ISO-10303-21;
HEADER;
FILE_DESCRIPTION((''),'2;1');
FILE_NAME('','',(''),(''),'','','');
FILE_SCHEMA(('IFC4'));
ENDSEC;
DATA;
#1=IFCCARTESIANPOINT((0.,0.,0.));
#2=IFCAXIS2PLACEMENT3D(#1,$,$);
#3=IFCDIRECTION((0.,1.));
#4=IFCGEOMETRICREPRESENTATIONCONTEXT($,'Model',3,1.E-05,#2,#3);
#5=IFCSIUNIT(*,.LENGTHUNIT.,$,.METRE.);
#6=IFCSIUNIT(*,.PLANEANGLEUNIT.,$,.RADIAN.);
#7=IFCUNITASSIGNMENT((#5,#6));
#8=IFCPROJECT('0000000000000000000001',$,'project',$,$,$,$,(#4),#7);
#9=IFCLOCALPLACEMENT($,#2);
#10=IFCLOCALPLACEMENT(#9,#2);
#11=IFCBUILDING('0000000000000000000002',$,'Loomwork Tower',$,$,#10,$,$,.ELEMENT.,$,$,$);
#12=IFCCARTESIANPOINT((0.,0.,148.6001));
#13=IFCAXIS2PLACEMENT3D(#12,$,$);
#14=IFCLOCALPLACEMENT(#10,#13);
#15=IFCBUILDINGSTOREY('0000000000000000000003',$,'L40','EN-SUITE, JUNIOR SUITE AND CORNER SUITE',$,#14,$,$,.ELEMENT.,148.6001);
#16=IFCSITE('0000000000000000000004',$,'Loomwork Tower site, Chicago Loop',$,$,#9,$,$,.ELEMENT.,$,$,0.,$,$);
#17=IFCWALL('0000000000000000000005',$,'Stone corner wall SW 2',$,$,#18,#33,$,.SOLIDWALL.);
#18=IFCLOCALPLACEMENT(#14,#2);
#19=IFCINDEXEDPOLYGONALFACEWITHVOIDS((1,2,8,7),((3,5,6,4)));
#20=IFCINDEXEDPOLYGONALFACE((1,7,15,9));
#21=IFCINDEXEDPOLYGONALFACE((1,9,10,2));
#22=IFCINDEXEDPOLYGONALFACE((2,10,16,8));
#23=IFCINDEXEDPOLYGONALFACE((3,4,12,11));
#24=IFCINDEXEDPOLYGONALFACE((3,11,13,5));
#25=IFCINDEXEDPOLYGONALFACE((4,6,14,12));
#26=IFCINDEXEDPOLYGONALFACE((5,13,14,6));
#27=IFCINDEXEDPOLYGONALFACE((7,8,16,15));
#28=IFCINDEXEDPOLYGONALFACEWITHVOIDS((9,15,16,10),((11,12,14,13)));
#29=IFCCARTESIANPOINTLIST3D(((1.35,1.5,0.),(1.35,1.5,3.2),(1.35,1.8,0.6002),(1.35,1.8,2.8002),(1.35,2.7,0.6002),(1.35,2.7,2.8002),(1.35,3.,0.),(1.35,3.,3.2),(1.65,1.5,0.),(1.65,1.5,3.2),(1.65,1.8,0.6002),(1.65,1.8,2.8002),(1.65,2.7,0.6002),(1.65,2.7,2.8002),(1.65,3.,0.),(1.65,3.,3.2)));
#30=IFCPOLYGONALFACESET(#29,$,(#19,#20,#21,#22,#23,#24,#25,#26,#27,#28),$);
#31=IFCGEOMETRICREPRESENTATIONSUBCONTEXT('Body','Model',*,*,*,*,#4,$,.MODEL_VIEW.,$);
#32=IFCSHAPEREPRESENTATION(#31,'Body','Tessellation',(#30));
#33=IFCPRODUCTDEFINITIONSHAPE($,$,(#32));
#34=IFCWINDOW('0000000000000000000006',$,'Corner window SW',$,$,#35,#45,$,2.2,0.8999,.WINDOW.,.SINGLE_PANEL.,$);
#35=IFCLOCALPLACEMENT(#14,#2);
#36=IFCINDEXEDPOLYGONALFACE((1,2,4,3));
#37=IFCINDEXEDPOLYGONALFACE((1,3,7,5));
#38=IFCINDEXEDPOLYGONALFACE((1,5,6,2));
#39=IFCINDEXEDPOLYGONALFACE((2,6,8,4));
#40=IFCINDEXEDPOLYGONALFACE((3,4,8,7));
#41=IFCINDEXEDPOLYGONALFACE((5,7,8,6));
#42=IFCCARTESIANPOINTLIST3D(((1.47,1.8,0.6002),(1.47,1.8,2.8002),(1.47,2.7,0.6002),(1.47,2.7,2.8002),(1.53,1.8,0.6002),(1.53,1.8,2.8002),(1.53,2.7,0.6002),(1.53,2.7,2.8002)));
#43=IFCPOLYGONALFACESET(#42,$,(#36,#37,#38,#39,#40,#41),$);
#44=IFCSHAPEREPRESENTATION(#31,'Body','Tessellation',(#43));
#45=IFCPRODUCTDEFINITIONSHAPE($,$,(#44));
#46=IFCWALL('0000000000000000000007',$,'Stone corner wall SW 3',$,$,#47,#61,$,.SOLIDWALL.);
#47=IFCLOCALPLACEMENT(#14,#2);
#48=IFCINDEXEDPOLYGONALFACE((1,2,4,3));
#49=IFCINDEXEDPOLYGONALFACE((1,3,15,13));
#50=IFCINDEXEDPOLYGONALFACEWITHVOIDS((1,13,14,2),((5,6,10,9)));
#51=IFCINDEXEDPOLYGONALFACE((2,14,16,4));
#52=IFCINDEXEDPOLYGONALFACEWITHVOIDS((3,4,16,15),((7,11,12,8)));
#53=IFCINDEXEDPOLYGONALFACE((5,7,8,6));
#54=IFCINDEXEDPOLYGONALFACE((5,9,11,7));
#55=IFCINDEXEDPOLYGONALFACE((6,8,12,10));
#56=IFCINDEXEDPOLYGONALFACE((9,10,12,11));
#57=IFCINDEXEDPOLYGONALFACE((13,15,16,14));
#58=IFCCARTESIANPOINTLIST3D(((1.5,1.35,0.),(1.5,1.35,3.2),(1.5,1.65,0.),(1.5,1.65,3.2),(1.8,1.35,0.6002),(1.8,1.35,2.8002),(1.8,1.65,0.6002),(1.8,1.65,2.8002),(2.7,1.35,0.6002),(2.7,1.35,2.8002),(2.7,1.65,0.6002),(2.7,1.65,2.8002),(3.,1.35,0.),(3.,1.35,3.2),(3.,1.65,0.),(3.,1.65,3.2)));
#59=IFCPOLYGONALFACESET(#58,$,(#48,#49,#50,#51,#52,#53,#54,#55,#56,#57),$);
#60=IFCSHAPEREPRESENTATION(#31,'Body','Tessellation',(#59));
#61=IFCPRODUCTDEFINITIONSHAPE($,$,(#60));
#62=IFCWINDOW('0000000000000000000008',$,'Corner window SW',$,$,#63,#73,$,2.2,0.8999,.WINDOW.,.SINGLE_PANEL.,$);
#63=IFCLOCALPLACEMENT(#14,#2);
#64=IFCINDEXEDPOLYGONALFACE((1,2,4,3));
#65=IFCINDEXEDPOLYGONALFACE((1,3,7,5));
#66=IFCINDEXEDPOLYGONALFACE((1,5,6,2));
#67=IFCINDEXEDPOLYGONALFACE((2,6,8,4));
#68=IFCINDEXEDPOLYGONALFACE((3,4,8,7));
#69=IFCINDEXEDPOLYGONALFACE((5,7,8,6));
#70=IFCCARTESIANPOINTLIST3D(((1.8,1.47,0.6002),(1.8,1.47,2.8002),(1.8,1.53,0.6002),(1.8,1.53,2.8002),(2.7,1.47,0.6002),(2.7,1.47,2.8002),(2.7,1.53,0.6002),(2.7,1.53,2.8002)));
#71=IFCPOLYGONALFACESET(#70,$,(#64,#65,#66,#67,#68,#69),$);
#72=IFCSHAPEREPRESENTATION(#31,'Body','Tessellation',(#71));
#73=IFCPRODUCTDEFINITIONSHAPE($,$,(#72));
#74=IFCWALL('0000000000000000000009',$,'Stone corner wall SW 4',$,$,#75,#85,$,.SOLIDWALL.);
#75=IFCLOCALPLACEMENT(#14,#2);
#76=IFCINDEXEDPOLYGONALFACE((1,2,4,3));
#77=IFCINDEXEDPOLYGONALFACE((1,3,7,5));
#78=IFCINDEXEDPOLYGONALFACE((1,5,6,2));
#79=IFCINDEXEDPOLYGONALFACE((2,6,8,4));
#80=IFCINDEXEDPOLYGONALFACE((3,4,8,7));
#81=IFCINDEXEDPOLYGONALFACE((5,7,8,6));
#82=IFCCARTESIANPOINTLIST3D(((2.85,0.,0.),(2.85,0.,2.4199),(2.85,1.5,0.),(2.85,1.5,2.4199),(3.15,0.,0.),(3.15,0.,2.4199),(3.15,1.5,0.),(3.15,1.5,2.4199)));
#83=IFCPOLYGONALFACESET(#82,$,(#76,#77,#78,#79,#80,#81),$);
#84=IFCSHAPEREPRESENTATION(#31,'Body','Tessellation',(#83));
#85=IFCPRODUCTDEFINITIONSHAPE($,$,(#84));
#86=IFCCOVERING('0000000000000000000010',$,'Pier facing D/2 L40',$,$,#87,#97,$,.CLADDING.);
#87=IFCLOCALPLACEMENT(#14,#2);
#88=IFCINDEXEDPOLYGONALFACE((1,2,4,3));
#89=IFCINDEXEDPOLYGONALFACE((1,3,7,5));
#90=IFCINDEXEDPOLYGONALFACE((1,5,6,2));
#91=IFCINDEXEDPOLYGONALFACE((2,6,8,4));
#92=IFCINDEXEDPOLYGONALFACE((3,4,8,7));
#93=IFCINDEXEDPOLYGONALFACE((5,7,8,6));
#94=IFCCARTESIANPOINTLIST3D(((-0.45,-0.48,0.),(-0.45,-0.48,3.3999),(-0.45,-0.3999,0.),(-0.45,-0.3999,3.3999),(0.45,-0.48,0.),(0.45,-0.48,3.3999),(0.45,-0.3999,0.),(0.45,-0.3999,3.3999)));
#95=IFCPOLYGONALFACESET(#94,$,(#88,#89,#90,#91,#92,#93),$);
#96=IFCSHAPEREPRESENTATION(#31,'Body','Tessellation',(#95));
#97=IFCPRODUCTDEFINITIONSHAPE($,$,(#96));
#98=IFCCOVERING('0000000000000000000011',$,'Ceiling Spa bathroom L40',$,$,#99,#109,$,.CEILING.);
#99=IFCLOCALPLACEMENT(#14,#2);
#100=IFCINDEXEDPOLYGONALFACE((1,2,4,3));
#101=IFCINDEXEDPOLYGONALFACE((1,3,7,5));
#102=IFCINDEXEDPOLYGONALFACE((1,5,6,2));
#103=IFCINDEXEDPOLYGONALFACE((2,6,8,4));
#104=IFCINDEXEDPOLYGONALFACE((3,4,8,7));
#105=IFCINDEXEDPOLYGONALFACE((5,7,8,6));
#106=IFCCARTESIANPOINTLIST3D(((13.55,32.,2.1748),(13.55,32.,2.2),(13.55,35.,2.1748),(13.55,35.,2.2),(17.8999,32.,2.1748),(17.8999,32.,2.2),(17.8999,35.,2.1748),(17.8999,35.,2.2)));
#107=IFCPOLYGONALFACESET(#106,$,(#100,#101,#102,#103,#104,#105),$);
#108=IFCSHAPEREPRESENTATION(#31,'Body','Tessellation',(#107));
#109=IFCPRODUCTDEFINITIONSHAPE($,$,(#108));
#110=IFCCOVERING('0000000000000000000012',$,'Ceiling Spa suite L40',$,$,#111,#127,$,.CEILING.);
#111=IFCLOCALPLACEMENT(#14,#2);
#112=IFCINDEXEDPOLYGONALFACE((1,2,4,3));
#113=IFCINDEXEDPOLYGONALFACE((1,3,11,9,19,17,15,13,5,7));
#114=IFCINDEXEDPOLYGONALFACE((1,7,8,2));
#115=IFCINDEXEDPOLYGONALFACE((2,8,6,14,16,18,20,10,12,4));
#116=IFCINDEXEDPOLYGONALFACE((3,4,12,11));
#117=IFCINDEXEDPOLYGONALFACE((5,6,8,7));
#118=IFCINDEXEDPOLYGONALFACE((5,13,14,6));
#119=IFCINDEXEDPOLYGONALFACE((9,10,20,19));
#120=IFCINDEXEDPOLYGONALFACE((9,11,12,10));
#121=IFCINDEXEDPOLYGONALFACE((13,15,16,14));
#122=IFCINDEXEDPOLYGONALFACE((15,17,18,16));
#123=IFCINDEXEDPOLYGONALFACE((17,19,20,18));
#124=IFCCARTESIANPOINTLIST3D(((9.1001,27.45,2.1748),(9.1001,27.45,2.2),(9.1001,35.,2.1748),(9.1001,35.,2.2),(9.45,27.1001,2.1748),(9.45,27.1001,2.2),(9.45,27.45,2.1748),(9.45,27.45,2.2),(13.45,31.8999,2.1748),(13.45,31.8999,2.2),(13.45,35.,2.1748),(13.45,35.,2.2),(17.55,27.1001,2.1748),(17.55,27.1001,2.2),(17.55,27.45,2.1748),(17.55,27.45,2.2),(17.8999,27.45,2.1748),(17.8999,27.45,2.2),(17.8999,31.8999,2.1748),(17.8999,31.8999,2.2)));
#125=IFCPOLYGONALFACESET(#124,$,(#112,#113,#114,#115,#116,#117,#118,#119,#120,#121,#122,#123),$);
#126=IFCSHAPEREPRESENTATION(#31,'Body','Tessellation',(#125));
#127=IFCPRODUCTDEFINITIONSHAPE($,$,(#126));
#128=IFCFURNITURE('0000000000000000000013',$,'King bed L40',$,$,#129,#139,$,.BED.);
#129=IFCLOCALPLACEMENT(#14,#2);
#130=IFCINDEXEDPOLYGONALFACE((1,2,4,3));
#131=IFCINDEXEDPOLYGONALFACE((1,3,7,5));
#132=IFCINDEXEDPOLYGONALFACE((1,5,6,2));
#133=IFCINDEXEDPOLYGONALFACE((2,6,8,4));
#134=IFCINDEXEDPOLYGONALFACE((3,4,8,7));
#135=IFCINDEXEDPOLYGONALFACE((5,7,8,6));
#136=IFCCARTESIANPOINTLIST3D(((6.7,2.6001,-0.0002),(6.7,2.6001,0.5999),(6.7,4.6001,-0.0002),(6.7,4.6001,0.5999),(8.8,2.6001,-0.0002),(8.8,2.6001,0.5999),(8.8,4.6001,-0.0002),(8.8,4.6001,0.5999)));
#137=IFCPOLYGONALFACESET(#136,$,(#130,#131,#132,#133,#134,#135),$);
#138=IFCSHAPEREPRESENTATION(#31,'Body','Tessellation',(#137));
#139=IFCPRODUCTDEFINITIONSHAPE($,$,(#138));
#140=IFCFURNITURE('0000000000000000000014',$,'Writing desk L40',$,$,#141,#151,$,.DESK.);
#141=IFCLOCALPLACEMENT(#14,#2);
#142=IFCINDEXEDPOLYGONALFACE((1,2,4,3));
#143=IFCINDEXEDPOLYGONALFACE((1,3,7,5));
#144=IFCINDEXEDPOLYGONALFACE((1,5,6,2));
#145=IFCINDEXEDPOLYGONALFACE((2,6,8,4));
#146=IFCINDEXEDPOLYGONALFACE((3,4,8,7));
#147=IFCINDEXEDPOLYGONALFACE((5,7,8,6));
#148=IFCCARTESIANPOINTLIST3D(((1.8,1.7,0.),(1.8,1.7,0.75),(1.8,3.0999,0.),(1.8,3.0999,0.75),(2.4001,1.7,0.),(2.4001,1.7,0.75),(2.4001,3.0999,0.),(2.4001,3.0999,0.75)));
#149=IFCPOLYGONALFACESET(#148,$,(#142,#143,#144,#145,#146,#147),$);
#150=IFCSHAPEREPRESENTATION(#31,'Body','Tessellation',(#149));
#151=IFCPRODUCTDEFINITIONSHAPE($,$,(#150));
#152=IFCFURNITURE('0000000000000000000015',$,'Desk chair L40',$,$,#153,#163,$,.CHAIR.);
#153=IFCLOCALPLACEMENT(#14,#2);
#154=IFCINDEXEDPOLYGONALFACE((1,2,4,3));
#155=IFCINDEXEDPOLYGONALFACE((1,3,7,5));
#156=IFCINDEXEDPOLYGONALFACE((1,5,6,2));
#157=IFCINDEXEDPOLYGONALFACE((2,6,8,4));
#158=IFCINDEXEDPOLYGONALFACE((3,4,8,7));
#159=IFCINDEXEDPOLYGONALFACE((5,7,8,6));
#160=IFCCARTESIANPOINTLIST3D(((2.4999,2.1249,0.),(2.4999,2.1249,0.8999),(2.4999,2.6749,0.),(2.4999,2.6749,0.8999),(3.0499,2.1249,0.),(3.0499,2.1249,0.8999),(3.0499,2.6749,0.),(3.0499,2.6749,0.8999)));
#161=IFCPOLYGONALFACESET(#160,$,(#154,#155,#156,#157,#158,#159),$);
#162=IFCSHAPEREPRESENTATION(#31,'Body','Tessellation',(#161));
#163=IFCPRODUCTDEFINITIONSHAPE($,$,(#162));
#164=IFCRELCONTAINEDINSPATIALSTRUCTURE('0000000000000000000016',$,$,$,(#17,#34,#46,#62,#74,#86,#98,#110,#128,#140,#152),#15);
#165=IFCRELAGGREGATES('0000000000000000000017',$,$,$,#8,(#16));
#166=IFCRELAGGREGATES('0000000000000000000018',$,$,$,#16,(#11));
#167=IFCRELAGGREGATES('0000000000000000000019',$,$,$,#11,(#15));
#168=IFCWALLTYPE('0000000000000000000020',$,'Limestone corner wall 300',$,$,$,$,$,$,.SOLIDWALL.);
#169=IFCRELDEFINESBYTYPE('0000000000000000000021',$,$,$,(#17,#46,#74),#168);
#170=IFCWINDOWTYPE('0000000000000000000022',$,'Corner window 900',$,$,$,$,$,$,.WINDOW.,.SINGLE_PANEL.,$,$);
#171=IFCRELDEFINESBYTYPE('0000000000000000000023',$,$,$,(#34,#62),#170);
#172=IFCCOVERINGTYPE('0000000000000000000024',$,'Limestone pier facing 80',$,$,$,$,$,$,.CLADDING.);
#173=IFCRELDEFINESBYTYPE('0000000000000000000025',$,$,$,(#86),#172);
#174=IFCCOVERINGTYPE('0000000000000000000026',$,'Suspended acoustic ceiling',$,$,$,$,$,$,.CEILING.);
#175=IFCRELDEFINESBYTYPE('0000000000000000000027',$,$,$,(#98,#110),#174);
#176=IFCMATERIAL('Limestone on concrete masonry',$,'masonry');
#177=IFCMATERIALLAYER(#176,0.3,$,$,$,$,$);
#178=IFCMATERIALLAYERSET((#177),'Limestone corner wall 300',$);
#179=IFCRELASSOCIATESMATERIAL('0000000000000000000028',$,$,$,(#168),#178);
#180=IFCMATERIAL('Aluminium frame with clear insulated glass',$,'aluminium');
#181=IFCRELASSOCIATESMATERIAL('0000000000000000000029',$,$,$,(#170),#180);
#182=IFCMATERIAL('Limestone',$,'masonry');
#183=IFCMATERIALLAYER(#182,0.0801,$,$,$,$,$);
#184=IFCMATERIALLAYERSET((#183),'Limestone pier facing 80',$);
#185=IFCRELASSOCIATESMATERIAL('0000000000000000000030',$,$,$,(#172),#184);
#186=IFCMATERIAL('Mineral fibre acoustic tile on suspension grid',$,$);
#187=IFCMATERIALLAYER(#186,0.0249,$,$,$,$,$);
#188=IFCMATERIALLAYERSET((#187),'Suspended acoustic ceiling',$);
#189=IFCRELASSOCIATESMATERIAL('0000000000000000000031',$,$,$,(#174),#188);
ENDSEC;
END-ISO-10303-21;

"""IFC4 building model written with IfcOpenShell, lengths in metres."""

from ifc_helpers import new_model, si_unit, direction, frame, frame_2d, origin, origin_2d, place, context, subcontext, project, spatial, polyline, rectangle, outline, extrude, material, layer, layer_set, type_object, element, fill, save


model = new_model("IFC4")

# Units and contexts
model_context = context("Model", 3, precision=1e-05, world=origin(), true_north=direction((0.0, 1.0)))
body_context = subcontext(model_context, "Body", "Model", "MODEL_VIEW")
ifc_project = project(units=[si_unit("LENGTHUNIT", "METRE"), si_unit("PLANEANGLEUNIT", "RADIAN")], contexts=[model_context])

# Site, building, storey
site_placement = place(None, origin())
site = spatial("IfcSite", under=ifc_project, at=site_placement, Name="Loomwork Tower site, Chicago Loop", CompositionType="ELEMENT", RefElevation=0.0)
building_placement = place(site_placement, origin())
building = spatial("IfcBuilding", under=site, at=building_placement, Name="Loomwork Tower", CompositionType="ELEMENT")
storey_placement = place(building_placement, frame((0.0, 0.0, 148.6001)))
storey = spatial("IfcBuildingStorey", under=building, at=storey_placement, Name="L40", Description="EN-SUITE, JUNIOR SUITE AND CORNER SUITE", CompositionType="ELEMENT", Elevation=148.6001)

# Shared definitions
ifc_material_1 = material(Name="Limestone on concrete masonry", Category="masonry")
ifc_layer_1 = layer(ifc_material_1, 0.3)
ifc_layer_set_1 = layer_set([ifc_layer_1], Name="Limestone corner wall 300")
wall_type_1 = type_object("IfcWallType", Name="Limestone corner wall 300", PredefinedType="SOLIDWALL", material=ifc_layer_set_1)

# Walls, openings, windows
wall_1_placement = place(storey_placement, frame((1.5, 3.0, 0.0), z_axis=(0.0, 0.0, 1.0), x_axis=(0.0, -1.0, 0.0)))
wall_1 = element("IfcWall", 1, at=wall_1_placement, inside=storey, type_object=wall_type_1, Name="Stone corner wall SW 2", PredefinedType="SOLIDWALL", context=body_context, shape_type="SweptSolid", body=[
    extrude(rectangle(XDim=1.5, YDim=0.3, at=frame_2d((0.75, 0.0))), origin(), (0.0, 0.0, 1.0), 3.2),
])
opening_1_placement = place(wall_1_placement, frame((0.3, 0.0, 0.6001)))
opening_1 = element("IfcOpeningElement", 2, at=opening_1_placement, cuts=wall_1, PredefinedType="OPENING", context=body_context, shape_type="SweptSolid", body=[
    extrude(rectangle(XDim=0.8999, YDim=2.2, at=frame_2d((0.45, 1.1001))), frame((0.0, 0.1599, 0.0), z_axis=(0.0, -1.0, 0.0), x_axis=(1.0, 0.0, 0.0)), (0.0, 0.0, 1.0), 0.3201),
])
ifc_material_2 = material(Name="Aluminium frame with clear insulated glass", Category="aluminium")
window_type_1 = type_object("IfcWindowType", Name="Corner window 900", PartitioningType="SINGLE_PANEL", PredefinedType="WINDOW", material=ifc_material_2)
window_1_placement = place(opening_1_placement, origin())
window_1 = element("IfcWindow", 3, at=window_1_placement, inside=storey, type_object=window_type_1, Name="Corner window SW", OverallHeight=2.2, OverallWidth=0.8999, PartitioningType="SINGLE_PANEL", PredefinedType="WINDOW", context=body_context, shape_type="SweptSolid", body=[
    extrude(rectangle(XDim=0.8999, YDim=2.2, at=frame_2d((0.45, 1.1001))), frame((0.0, 0.03, 0.0), z_axis=(0.0, -1.0, 0.0), x_axis=(1.0, 0.0, 0.0)), (0.0, 0.0, 1.0), 0.0601),
])
fill(opening_1, window_1)
wall_2_placement = place(storey_placement, frame((1.5, 1.5, 0.0), z_axis=(0.0, 0.0, 1.0), x_axis=(1.0, 0.0, 0.0)))
wall_2 = element("IfcWall", 4, at=wall_2_placement, inside=storey, type_object=wall_type_1, Name="Stone corner wall SW 3", PredefinedType="SOLIDWALL", context=body_context, shape_type="SweptSolid", body=[
    extrude(rectangle(XDim=1.5, YDim=0.3, at=frame_2d((0.75, 0.0))), origin(), (0.0, 0.0, 1.0), 3.2),
])
opening_2_placement = place(wall_2_placement, frame((0.3, 0.0, 0.6001)))
opening_2 = element("IfcOpeningElement", 5, at=opening_2_placement, cuts=wall_2, PredefinedType="OPENING", context=body_context, shape_type="SweptSolid", body=[
    extrude(rectangle(XDim=0.8999, YDim=2.2, at=frame_2d((0.45, 1.1001))), frame((0.0, 0.1599, 0.0), z_axis=(0.0, -1.0, 0.0), x_axis=(1.0, 0.0, 0.0)), (0.0, 0.0, 1.0), 0.3201),
])
window_2_placement = place(opening_2_placement, origin())
window_2 = element("IfcWindow", 6, at=window_2_placement, inside=storey, type_object=window_type_1, Name="Corner window SW", OverallHeight=2.2, OverallWidth=0.8999, PartitioningType="SINGLE_PANEL", PredefinedType="WINDOW", context=body_context, shape_type="SweptSolid", body=[
    extrude(rectangle(XDim=0.8999, YDim=2.2, at=frame_2d((0.45, 1.1001))), frame((0.0, 0.03, 0.0), z_axis=(0.0, -1.0, 0.0), x_axis=(1.0, 0.0, 0.0)), (0.0, 0.0, 1.0), 0.0601),
])
fill(opening_2, window_2)

# Wall
wall_3_placement = place(storey_placement, frame((3.0, 1.5, 0.0), z_axis=(0.0, 0.0, 1.0), x_axis=(0.0, -1.0, 0.0)))
element("IfcWall", 7, at=wall_3_placement, inside=storey, type_object=wall_type_1, Name="Stone corner wall SW 4", PredefinedType="SOLIDWALL", context=body_context, shape_type="SweptSolid", body=[
    extrude(rectangle(XDim=1.5, YDim=0.3, at=frame_2d((0.75, 0.0))), origin(), (0.0, 0.0, 1.0), 2.4199),
])

# Coverings
ifc_material_3 = material(Name="Limestone", Category="masonry")
ifc_layer_2 = layer(ifc_material_3, 0.0801)
ifc_layer_set_2 = layer_set([ifc_layer_2], Name="Limestone pier facing 80")
covering_type_1 = type_object("IfcCoveringType", Name="Limestone pier facing 80", PredefinedType="CLADDING", material=ifc_layer_set_2)
covering_1_placement = place(storey_placement, frame((0.0, -0.4399, 0.0), z_axis=(0.0, 0.0, 1.0), x_axis=(1.0, 0.0, 0.0)))
element("IfcCovering", 8, at=covering_1_placement, inside=storey, type_object=covering_type_1, Name="Pier facing D/2 L40", PredefinedType="CLADDING", context=body_context, shape_type="SweptSolid", body=[
    extrude(rectangle(XDim=0.8999, YDim=0.0801, at=origin_2d()), origin(), (0.0, 0.0, 1.0), 3.3999),
])
ifc_material_4 = material(Name="Mineral fibre acoustic tile on suspension grid")
ifc_layer_3 = layer(ifc_material_4, 0.0249)
ifc_layer_set_3 = layer_set([ifc_layer_3], Name="Suspended acoustic ceiling")
covering_type_2 = type_object("IfcCoveringType", Name="Suspended acoustic ceiling", PredefinedType="CEILING", material=ifc_layer_set_3)
covering_2_placement = place(storey_placement, frame((0.0, 0.0, 2.1748)))
element("IfcCovering", 9, at=covering_2_placement, inside=storey, type_object=covering_type_2, Name="Ceiling Spa bathroom L40", PredefinedType="CEILING", context=body_context, shape_type="SweptSolid", body=[
    extrude(outline(polyline([(13.55, 35.0), (17.8999, 35.0), (17.8999, 32.0), (13.55, 32.0), (13.55, 35.0)])), origin(), (0.0, 0.0, 1.0), 0.0251),
])
covering_3_placement = place(storey_placement, frame((0.0, 0.0, 2.1748)))
element("IfcCovering", 10, at=covering_3_placement, inside=storey, type_object=covering_type_2, Name="Ceiling Spa suite L40", PredefinedType="CEILING", context=body_context, shape_type="SweptSolid", body=[
    extrude(outline(polyline([(9.1001, 35.0), (13.45, 35.0), (13.45, 31.8999), (17.8999, 31.8999), (17.8999, 27.45), (17.55, 27.45), (17.55, 27.1001), (9.45, 27.1001), (9.45, 27.45), (9.1001, 27.45), (9.1001, 35.0)])), origin(), (0.0, 0.0, 1.0), 0.0251),
])

# Furniture
furniture_1_placement = place(storey_placement, frame((7.75, 3.6001, -0.0002), z_axis=(0.0, 0.0, 1.0), x_axis=(1.0, 0.0, 0.0)))
element("IfcFurniture", 11, at=furniture_1_placement, inside=storey, Name="King bed L40", PredefinedType="BED", context=body_context, shape_type="SweptSolid", body=[
    extrude(rectangle(XDim=2.1001, YDim=2.0, at=origin_2d()), origin(), (0.0, 0.0, 1.0), 0.6001),
])
furniture_2_placement = place(storey_placement, frame((2.1001, 2.3999, 0.0), z_axis=(0.0, 0.0, 1.0), x_axis=(1.0, 0.0, 0.0)))
element("IfcFurniture", 12, at=furniture_2_placement, inside=storey, Name="Writing desk L40", PredefinedType="DESK", context=body_context, shape_type="SweptSolid", body=[
    extrude(rectangle(XDim=0.6001, YDim=1.3999, at=origin_2d()), origin(), (0.0, 0.0, 1.0), 0.75),
])
furniture_3_placement = place(storey_placement, frame((2.7749, 2.3999, 0.0), z_axis=(0.0, 0.0, 1.0), x_axis=(1.0, 0.0, 0.0)))
element("IfcFurniture", 13, at=furniture_3_placement, inside=storey, Name="Desk chair L40", PredefinedType="CHAIR", context=body_context, shape_type="SweptSolid", body=[
    extrude(rectangle(XDim=0.55, YDim=0.55, at=origin_2d()), origin(), (0.0, 0.0, 1.0), 0.8999),
])

save(model, "model.ifc")
